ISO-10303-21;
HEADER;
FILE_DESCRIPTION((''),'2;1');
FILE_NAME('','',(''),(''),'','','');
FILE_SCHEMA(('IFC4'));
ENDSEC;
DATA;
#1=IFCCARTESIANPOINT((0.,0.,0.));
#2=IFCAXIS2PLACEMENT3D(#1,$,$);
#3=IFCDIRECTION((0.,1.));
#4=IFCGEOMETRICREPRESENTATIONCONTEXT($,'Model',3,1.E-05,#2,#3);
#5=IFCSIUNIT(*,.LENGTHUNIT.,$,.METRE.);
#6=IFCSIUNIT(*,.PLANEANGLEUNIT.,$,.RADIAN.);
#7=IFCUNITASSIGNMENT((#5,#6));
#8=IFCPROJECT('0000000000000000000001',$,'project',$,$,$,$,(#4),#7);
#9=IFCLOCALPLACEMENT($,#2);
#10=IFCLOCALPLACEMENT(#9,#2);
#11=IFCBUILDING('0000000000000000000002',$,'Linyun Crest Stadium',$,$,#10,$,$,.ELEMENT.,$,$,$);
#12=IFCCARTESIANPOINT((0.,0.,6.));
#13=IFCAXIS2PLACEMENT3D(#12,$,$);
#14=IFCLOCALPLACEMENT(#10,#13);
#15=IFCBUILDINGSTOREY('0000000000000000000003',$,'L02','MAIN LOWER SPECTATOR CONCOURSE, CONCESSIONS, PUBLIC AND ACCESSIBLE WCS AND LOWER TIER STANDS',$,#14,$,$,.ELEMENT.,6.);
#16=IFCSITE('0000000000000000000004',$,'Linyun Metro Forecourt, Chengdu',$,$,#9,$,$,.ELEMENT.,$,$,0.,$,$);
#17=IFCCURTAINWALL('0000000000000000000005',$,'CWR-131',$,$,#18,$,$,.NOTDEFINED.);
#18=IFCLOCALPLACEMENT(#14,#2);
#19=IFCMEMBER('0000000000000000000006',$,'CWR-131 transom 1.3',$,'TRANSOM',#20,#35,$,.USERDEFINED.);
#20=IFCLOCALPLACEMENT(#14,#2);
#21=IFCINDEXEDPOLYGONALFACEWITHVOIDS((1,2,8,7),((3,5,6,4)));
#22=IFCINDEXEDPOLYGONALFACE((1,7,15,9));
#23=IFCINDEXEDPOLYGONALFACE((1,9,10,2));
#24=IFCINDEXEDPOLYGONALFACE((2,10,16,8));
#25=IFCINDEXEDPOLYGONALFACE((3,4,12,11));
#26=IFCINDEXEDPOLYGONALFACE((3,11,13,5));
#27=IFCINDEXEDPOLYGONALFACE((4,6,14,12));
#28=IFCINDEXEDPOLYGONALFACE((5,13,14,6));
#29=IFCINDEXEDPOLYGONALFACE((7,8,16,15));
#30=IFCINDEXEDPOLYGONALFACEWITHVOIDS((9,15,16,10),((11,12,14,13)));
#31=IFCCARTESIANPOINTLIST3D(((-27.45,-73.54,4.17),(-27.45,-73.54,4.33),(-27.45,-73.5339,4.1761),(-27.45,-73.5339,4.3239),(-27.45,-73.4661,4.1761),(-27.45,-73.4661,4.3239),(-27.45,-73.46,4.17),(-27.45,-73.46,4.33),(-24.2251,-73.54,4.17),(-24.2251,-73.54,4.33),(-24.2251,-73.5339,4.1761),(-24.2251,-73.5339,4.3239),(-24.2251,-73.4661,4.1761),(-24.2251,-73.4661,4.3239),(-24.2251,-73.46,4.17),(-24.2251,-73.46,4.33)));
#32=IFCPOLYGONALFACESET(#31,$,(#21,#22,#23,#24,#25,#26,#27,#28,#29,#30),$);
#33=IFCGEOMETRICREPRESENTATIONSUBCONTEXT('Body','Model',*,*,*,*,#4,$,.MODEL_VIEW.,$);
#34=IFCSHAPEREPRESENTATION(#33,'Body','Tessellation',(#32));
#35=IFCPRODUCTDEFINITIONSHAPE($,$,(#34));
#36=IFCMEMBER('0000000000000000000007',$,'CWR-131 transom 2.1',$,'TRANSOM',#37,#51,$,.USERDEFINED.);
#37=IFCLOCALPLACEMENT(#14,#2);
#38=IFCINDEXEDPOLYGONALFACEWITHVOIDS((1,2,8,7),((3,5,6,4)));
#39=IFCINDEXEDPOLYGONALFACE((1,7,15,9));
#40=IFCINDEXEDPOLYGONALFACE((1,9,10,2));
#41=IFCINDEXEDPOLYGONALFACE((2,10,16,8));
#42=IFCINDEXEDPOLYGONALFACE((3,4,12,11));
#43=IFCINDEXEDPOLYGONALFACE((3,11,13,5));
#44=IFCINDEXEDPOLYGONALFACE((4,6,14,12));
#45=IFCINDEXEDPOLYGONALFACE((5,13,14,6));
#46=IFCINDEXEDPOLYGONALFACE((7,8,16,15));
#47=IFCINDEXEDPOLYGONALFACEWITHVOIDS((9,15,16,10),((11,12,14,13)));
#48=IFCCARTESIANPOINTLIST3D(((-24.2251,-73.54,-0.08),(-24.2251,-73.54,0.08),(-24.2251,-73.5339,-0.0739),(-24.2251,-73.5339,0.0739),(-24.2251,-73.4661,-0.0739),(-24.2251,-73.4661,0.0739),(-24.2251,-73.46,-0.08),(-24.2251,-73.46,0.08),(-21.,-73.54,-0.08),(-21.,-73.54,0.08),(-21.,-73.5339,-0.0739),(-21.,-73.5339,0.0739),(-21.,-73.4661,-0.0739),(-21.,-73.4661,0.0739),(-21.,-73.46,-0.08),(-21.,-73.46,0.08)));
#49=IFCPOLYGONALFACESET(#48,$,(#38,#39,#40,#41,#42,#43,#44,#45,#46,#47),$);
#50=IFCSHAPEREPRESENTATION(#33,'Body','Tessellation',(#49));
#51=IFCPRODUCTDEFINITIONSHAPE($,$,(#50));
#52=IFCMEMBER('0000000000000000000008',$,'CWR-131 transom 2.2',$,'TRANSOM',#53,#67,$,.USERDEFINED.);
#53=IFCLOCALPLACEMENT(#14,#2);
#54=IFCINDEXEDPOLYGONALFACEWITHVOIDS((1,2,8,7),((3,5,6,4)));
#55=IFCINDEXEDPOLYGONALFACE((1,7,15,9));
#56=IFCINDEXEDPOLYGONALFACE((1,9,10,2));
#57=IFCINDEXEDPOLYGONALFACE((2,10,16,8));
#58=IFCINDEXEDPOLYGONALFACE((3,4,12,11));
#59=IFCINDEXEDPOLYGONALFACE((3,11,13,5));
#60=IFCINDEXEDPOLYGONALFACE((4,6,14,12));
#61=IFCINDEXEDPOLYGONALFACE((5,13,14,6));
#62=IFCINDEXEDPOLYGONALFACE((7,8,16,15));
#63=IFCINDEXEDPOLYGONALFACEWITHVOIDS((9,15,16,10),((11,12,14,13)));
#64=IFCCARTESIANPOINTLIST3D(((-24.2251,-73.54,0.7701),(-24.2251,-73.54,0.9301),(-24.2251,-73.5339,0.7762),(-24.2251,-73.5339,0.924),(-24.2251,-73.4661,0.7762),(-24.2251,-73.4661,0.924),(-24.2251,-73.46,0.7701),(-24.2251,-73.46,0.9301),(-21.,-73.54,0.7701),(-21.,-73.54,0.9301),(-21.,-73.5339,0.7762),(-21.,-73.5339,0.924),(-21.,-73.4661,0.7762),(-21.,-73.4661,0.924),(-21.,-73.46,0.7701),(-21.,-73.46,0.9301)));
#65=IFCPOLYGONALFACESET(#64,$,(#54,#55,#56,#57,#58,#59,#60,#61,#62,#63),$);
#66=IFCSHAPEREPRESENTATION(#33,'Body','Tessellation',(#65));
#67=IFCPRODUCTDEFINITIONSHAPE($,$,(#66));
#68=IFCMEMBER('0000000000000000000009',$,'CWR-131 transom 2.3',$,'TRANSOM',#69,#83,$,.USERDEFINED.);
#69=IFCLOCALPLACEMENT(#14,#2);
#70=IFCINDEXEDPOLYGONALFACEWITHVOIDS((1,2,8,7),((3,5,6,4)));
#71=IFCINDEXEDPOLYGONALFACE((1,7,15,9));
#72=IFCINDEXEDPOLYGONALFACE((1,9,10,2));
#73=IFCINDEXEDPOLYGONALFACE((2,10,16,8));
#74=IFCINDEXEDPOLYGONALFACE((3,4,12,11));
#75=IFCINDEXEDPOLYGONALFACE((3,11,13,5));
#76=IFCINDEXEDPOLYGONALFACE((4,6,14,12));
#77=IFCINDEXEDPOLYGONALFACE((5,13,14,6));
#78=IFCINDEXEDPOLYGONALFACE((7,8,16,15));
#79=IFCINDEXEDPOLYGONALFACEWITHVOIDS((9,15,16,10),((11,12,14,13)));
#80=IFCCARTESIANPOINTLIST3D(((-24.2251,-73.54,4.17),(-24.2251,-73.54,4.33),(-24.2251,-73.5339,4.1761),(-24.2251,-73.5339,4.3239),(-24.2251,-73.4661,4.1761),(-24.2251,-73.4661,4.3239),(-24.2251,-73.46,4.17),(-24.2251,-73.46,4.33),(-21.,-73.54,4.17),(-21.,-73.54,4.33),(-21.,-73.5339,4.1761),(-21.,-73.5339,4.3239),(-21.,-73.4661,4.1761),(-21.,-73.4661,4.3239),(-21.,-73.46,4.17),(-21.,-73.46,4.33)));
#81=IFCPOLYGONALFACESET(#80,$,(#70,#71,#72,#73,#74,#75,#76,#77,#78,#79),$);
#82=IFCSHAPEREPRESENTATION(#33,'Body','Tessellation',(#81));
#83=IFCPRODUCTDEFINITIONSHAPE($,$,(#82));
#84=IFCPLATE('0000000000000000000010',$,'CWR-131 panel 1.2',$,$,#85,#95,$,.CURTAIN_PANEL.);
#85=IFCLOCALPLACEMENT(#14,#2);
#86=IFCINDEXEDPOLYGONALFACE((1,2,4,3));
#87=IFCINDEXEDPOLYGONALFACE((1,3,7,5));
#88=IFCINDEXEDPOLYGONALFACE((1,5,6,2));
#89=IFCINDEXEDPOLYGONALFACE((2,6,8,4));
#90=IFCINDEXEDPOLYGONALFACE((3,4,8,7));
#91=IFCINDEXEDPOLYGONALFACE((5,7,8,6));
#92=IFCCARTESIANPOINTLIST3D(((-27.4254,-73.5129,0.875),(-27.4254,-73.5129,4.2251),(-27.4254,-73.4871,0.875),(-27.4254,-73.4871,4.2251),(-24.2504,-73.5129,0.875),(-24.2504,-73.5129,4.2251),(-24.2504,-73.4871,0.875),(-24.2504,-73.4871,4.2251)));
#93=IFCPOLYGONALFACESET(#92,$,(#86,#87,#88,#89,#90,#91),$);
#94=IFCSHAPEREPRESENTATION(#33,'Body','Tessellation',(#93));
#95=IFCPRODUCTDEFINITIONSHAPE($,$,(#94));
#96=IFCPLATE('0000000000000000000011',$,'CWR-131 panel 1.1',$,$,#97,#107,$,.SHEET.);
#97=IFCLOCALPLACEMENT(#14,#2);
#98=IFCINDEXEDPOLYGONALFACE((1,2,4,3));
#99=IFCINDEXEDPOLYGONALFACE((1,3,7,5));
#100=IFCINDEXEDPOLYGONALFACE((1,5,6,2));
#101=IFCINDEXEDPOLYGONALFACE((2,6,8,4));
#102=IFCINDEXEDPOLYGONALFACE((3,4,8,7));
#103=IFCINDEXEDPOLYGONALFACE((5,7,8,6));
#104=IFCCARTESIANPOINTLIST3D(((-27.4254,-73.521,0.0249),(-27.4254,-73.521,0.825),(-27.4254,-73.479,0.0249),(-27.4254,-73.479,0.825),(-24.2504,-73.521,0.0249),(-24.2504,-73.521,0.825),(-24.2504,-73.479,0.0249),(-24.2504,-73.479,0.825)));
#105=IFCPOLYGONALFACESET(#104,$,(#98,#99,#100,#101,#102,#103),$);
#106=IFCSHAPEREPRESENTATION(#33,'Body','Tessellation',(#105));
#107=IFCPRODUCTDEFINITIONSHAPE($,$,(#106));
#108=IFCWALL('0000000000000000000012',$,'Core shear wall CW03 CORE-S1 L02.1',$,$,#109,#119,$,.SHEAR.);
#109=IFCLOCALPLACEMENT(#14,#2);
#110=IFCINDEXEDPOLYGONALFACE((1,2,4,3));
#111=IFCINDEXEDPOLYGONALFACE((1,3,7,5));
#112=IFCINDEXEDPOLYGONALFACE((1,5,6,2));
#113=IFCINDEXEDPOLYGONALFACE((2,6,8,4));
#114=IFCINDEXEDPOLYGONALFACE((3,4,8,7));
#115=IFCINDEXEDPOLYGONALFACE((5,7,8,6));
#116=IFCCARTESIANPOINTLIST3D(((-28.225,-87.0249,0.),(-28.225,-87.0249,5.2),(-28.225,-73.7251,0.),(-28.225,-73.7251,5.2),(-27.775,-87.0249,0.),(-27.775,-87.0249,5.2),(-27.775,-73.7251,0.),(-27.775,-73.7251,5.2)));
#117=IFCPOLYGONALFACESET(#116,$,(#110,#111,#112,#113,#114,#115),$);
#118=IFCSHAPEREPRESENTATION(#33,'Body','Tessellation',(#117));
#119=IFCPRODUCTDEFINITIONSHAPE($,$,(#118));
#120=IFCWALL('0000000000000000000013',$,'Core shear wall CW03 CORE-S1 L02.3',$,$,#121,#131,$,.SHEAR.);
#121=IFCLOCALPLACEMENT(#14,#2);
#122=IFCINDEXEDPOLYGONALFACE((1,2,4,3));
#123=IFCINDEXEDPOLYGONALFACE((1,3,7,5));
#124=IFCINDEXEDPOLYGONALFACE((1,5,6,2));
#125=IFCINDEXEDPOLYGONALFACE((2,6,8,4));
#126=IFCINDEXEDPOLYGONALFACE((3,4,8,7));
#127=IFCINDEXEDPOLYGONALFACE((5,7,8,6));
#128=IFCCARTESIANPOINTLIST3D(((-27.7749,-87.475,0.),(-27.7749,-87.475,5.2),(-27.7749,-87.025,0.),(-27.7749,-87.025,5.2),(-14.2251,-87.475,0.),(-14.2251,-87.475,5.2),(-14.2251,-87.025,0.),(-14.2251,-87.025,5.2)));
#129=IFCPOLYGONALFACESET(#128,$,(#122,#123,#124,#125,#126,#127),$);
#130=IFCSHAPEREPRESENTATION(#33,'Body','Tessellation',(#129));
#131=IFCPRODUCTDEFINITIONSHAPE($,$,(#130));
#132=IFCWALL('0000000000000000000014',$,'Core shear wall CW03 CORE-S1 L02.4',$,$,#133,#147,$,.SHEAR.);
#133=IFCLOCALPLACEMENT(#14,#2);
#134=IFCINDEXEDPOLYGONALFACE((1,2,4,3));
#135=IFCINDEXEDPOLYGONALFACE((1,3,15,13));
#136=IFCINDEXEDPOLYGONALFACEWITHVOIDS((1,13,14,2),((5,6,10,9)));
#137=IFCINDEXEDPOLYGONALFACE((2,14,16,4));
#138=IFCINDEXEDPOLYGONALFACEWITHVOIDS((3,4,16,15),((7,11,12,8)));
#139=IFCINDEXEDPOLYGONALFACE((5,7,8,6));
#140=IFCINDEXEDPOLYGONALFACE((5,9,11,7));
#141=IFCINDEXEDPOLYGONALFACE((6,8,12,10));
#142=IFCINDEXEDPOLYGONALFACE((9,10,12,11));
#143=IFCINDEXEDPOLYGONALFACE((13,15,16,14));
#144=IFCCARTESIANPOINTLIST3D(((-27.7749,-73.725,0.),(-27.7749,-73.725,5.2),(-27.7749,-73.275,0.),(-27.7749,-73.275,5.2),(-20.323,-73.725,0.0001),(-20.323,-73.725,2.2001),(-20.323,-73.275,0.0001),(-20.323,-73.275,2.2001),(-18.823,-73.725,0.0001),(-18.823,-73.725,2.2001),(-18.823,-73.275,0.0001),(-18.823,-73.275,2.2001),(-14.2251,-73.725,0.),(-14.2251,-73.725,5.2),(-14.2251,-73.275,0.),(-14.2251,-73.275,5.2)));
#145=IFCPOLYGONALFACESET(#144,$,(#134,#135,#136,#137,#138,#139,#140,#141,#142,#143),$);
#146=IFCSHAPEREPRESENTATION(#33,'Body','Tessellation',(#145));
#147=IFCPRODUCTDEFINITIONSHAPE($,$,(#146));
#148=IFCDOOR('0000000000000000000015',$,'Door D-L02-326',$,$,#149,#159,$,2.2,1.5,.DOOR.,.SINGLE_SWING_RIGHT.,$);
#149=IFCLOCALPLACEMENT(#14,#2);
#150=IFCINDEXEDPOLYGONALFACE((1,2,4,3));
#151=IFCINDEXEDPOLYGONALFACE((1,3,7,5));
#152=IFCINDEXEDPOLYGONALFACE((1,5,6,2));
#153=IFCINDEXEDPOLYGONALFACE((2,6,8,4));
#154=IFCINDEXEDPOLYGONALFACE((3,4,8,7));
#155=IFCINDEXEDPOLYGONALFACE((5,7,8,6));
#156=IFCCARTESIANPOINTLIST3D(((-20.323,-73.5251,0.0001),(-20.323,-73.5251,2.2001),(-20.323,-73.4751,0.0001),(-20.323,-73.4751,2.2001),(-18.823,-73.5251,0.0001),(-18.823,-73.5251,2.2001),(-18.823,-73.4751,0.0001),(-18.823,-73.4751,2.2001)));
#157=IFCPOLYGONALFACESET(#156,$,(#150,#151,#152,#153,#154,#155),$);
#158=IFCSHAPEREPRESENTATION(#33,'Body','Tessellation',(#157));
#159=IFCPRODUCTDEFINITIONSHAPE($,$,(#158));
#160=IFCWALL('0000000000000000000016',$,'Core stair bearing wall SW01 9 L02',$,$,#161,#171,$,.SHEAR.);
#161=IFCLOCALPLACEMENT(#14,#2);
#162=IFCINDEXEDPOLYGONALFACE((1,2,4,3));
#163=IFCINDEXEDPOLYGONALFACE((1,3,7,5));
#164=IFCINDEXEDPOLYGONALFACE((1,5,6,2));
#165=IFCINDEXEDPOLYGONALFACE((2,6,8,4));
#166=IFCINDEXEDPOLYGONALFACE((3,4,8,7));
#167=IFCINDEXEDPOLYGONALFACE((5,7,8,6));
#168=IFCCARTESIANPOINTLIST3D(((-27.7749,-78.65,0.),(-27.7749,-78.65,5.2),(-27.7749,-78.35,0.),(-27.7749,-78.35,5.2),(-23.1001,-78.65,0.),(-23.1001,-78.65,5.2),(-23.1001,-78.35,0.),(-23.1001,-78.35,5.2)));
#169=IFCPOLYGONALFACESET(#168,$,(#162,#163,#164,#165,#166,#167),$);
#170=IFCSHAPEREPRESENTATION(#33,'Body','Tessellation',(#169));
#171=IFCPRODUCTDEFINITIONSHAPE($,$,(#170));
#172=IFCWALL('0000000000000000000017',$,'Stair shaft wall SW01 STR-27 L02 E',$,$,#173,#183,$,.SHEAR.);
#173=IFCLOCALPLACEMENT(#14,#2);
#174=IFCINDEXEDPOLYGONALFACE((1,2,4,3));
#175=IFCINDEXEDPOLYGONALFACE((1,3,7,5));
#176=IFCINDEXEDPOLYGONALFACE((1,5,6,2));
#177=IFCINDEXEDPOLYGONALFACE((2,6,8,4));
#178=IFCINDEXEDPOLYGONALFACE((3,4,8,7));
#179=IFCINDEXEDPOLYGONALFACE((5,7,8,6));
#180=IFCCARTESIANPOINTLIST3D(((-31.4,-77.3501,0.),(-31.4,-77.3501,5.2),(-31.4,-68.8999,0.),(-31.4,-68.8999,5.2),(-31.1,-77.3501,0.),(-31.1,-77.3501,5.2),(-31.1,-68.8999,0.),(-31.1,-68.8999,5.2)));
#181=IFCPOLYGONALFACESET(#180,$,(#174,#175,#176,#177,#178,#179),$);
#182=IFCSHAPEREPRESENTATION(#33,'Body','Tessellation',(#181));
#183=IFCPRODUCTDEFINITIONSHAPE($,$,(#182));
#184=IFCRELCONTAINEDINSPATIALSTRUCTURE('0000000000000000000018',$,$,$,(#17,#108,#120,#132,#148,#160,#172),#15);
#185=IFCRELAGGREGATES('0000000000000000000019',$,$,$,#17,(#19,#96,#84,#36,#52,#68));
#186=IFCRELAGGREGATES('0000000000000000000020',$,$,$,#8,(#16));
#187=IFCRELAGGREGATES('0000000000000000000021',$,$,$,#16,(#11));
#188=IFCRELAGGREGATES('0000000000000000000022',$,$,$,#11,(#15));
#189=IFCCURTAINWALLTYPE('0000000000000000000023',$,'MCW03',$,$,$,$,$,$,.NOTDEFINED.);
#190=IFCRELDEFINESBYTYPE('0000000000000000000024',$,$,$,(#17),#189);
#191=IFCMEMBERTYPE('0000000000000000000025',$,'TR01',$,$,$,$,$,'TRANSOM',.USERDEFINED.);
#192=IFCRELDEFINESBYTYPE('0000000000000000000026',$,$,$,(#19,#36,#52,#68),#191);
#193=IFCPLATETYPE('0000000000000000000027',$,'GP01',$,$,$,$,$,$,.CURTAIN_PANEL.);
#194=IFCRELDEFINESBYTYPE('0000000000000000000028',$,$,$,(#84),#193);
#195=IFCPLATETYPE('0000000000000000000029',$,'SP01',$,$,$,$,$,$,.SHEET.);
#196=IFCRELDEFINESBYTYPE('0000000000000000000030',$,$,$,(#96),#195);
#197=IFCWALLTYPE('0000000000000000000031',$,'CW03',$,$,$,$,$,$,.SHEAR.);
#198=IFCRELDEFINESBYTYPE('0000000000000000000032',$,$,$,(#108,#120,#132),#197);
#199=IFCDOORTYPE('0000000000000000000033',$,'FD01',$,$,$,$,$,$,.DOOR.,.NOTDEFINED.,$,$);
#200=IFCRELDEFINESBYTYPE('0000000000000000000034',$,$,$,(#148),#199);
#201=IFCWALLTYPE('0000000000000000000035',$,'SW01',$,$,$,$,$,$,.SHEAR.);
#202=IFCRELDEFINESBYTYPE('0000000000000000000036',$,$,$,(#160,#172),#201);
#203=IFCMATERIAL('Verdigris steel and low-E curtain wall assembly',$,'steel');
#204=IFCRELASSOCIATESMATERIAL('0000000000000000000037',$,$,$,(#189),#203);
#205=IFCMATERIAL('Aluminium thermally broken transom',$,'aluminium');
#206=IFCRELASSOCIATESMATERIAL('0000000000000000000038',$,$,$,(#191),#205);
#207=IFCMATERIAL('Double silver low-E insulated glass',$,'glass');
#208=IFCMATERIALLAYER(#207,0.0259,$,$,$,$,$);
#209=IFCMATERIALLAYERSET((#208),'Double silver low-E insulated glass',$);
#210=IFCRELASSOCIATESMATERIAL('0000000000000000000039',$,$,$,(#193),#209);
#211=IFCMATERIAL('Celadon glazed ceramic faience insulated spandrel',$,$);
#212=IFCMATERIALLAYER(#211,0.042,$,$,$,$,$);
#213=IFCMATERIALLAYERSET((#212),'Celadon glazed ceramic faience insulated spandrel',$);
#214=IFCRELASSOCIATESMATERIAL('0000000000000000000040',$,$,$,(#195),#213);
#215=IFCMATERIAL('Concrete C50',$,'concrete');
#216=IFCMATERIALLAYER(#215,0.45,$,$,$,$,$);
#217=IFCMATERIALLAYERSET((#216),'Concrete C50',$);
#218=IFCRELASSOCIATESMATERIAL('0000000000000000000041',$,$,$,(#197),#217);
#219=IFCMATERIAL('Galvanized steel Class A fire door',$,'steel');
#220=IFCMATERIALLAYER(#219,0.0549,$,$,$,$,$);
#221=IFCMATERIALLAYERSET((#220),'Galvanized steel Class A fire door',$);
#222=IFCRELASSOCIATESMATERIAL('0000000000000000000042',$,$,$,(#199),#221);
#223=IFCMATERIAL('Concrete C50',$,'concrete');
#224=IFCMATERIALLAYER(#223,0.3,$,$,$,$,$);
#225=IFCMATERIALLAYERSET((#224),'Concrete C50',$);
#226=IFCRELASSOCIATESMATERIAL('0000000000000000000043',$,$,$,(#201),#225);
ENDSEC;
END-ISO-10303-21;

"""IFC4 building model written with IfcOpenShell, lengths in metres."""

from ifc_helpers import new_model, si_unit, direction, frame, frame_2d, origin, origin_2d, place, context, subcontext, project, spatial, rectangle, hollow_rectangle, extrude, material, layer, layer_set, material_profile, profile_set, type_object, element, fill, aggregate, save


model = new_model("IFC4")

# Units and contexts
model_context = context("Model", 3, precision=1e-05, world=origin(), true_north=direction((0.0, 1.0)))
body_context = subcontext(model_context, "Body", "Model", "MODEL_VIEW")
ifc_project = project(units=[si_unit("LENGTHUNIT", "METRE"), si_unit("PLANEANGLEUNIT", "RADIAN")], contexts=[model_context])

# Site, building, storey
site_placement = place(None, origin())
site = spatial("IfcSite", under=ifc_project, at=site_placement, Name="Linyun Metro Forecourt, Chengdu", CompositionType="ELEMENT", RefElevation=0.0)
building_placement = place(site_placement, origin())
building = spatial("IfcBuilding", under=site, at=building_placement, Name="Linyun Crest Stadium", CompositionType="ELEMENT")
storey_placement = place(building_placement, frame((0.0, 0.0, 6.0)))
storey = spatial("IfcBuildingStorey", under=building, at=storey_placement, Name="L02", Description="MAIN LOWER SPECTATOR CONCOURSE, CONCESSIONS, PUBLIC AND ACCESSIBLE WCS AND LOWER TIER STANDS", CompositionType="ELEMENT", Elevation=6.0)

# Curtain wall
ifc_material_1 = material(Name="Verdigris steel and low-E curtain wall assembly", Category="steel")
curtain_wall_type = type_object("IfcCurtainWallType", Name="MCW03", PredefinedType="NOTDEFINED", material=ifc_material_1)
curtain_wall_placement = place(storey_placement, origin())
curtain_wall = element("IfcCurtainWall", 1, at=curtain_wall_placement, inside=storey, type_object=curtain_wall_type, Name="CWR-131", PredefinedType="NOTDEFINED")

# Members
ifc_material_2 = material(Name="Aluminium thermally broken transom", Category="aluminium")
ifc_material_profile_1 = material_profile(ifc_material_2, hollow_rectangle(XDim=0.0801, YDim=0.1599, WallThickness=0.0061, at=origin_2d()), Name="RHS 160x80x6")
ifc_profile_set_1 = profile_set([ifc_material_profile_1], Name="Aluminium thermally broken transom")
member_type_1 = type_object("IfcMemberType", Name="TR01", ElementType="TRANSOM", PredefinedType="USERDEFINED", material=ifc_profile_set_1)
member_1_placement = place(storey_placement, frame((-27.45, -73.5, 4.25), z_axis=(1.0, 0.0, 0.0), x_axis=(0.0, 1.0, 0.0)))
member_1 = element("IfcMember", 2, at=member_1_placement, type_object=member_type_1, Name="CWR-131 transom 1.3", ObjectType="TRANSOM", PredefinedType="USERDEFINED", context=body_context, shape_type="SweptSolid", body=[
    extrude(hollow_rectangle(XDim=0.0801, YDim=0.1599, WallThickness=0.0061, at=origin_2d()), origin(), (0.0, 0.0, 1.0), 3.2249),
])
member_2_placement = place(storey_placement, frame((-24.2251, -73.5, 0.0), z_axis=(1.0, 0.0, 0.0), x_axis=(0.0, 1.0, 0.0)))
member_2 = element("IfcMember", 3, at=member_2_placement, type_object=member_type_1, Name="CWR-131 transom 2.1", ObjectType="TRANSOM", PredefinedType="USERDEFINED", context=body_context, shape_type="SweptSolid", body=[
    extrude(hollow_rectangle(XDim=0.0801, YDim=0.1599, WallThickness=0.0061, at=origin_2d()), origin(), (0.0, 0.0, 1.0), 3.2251),
])
member_3_placement = place(storey_placement, frame((-24.2251, -73.5, 0.8501), z_axis=(1.0, 0.0, 0.0), x_axis=(0.0, 1.0, 0.0)))
member_3 = element("IfcMember", 4, at=member_3_placement, type_object=member_type_1, Name="CWR-131 transom 2.2", ObjectType="TRANSOM", PredefinedType="USERDEFINED", context=body_context, shape_type="SweptSolid", body=[
    extrude(hollow_rectangle(XDim=0.0801, YDim=0.1599, WallThickness=0.0061, at=origin_2d()), origin(), (0.0, 0.0, 1.0), 3.2251),
])
member_4_placement = place(storey_placement, frame((-24.2251, -73.5, 4.25), z_axis=(1.0, 0.0, 0.0), x_axis=(0.0, 1.0, 0.0)))
member_4 = element("IfcMember", 5, at=member_4_placement, type_object=member_type_1, Name="CWR-131 transom 2.3", ObjectType="TRANSOM", PredefinedType="USERDEFINED", context=body_context, shape_type="SweptSolid", body=[
    extrude(hollow_rectangle(XDim=0.0801, YDim=0.1599, WallThickness=0.0061, at=origin_2d()), origin(), (0.0, 0.0, 1.0), 3.2251),
])

# Plates
ifc_material_3 = material(Name="Double silver low-E insulated glass", Category="glass")
ifc_layer_1 = layer(ifc_material_3, 0.0259)
ifc_layer_set_1 = layer_set([ifc_layer_1], Name="Double silver low-E insulated glass")
plate_type_1 = type_object("IfcPlateType", Name="GP01", PredefinedType="CURTAIN_PANEL", material=ifc_layer_set_1)
plate_1_placement = place(storey_placement, frame((-25.8379, -73.5, 0.875), z_axis=(0.0, 0.0, 1.0), x_axis=(1.0, 0.0, 0.0)))
plate_1 = element("IfcPlate", 6, at=plate_1_placement, type_object=plate_type_1, Name="CWR-131 panel 1.2", PredefinedType="CURTAIN_PANEL", context=body_context, shape_type="SweptSolid", body=[
    extrude(rectangle(XDim=3.175, YDim=0.0259, at=origin_2d()), origin(), (0.0, 0.0, 1.0), 3.3501),
])
ifc_material_4 = material(Name="Celadon glazed ceramic faience insulated spandrel")
ifc_layer_2 = layer(ifc_material_4, 0.042)
ifc_layer_set_2 = layer_set([ifc_layer_2], Name="Celadon glazed ceramic faience insulated spandrel")
plate_type_2 = type_object("IfcPlateType", Name="SP01", PredefinedType="SHEET", material=ifc_layer_set_2)
plate_2_placement = place(storey_placement, frame((-25.8379, -73.5, 0.0249), z_axis=(0.0, 0.0, 1.0), x_axis=(1.0, 0.0, 0.0)))
plate_2 = element("IfcPlate", 7, at=plate_2_placement, type_object=plate_type_2, Name="CWR-131 panel 1.1", PredefinedType="SHEET", context=body_context, shape_type="SweptSolid", body=[
    extrude(rectangle(XDim=3.175, YDim=0.042, at=origin_2d()), origin(), (0.0, 0.0, 1.0), 0.8),
])
aggregate(curtain_wall, [member_1, plate_2, plate_1, member_2, member_3, member_4])

# Walls
ifc_material_5 = material(Name="Concrete C50", Category="concrete")
ifc_layer_3 = layer(ifc_material_5, 0.45)
ifc_layer_set_3 = layer_set([ifc_layer_3], Name="Concrete C50")
wall_type_1 = type_object("IfcWallType", Name="CW03", PredefinedType="SHEAR", material=ifc_layer_set_3)
wall_1_placement = place(storey_placement, frame((-28.0, -87.0249, 0.0), z_axis=(0.0, 0.0, 1.0), x_axis=(0.0, 1.0, 0.0)))
element("IfcWall", 8, at=wall_1_placement, inside=storey, type_object=wall_type_1, Name="Core shear wall CW03 CORE-S1 L02.1", PredefinedType="SHEAR", context=body_context, shape_type="SweptSolid", body=[
    extrude(rectangle(XDim=13.2998, YDim=0.45, at=frame_2d((6.6499, 0.0))), origin(), (0.0, 0.0, 1.0), 5.2),
])
wall_2_placement = place(storey_placement, frame((-27.7749, -87.25, 0.0), z_axis=(0.0, 0.0, 1.0), x_axis=(1.0, 0.0, 0.0)))
element("IfcWall", 9, at=wall_2_placement, inside=storey, type_object=wall_type_1, Name="Core shear wall CW03 CORE-S1 L02.3", PredefinedType="SHEAR", context=body_context, shape_type="SweptSolid", body=[
    extrude(rectangle(XDim=13.5498, YDim=0.45, at=frame_2d((6.7749, 0.0))), origin(), (0.0, 0.0, 1.0), 5.2),
])

# Wall, opening, door
wall_3_placement = place(storey_placement, frame((-27.7749, -73.5, 0.0), z_axis=(0.0, 0.0, 1.0), x_axis=(1.0, 0.0, 0.0)))
wall_3 = element("IfcWall", 10, at=wall_3_placement, inside=storey, type_object=wall_type_1, Name="Core shear wall CW03 CORE-S1 L02.4", PredefinedType="SHEAR", context=body_context, shape_type="SweptSolid", body=[
    extrude(rectangle(XDim=13.5498, YDim=0.45, at=frame_2d((6.7749, 0.0))), origin(), (0.0, 0.0, 1.0), 5.2),
])
opening_placement = place(wall_3_placement, frame((7.4519, 0.0, 0.0)))
opening = element("IfcOpeningElement", 11, at=opening_placement, cuts=wall_3, PredefinedType="OPENING", context=body_context, shape_type="SweptSolid", body=[
    extrude(rectangle(XDim=1.5, YDim=2.2, at=frame_2d((0.75, 1.1001))), frame((0.0, 0.2349, 0.0), z_axis=(0.0, -1.0, 0.0), x_axis=(1.0, 0.0, 0.0)), (0.0, 0.0, 1.0), 0.47),
])
ifc_material_6 = material(Name="Galvanized steel Class A fire door", Category="steel")
ifc_layer_4 = layer(ifc_material_6, 0.0549)
ifc_layer_set_4 = layer_set([ifc_layer_4], Name="Galvanized steel Class A fire door")
door_type = type_object("IfcDoorType", Name="FD01", OperationType="NOTDEFINED", PredefinedType="DOOR", material=ifc_layer_set_4)
door_placement = place(opening_placement, origin())
door = element("IfcDoor", 12, at=door_placement, inside=storey, type_object=door_type, Name="Door D-L02-326", OperationType="SINGLE_SWING_RIGHT", OverallHeight=2.2, OverallWidth=1.5, PredefinedType="DOOR", context=body_context, shape_type="SweptSolid", body=[
    extrude(rectangle(XDim=1.5, YDim=2.2, at=frame_2d((0.75, 1.1001))), frame((0.0, 0.0249, 0.0), z_axis=(0.0, -1.0, 0.0), x_axis=(1.0, 0.0, 0.0)), (0.0, 0.0, 1.0), 0.05),
])
fill(opening, door)

# Walls
ifc_material_7 = material(Name="Concrete C50", Category="concrete")
ifc_layer_5 = layer(ifc_material_7, 0.3)
ifc_layer_set_5 = layer_set([ifc_layer_5], Name="Concrete C50")
wall_type_2 = type_object("IfcWallType", Name="SW01", PredefinedType="SHEAR", material=ifc_layer_set_5)
wall_4_placement = place(storey_placement, frame((-27.7749, -78.5, 0.0), z_axis=(0.0, 0.0, 1.0), x_axis=(1.0, 0.0, 0.0)))
element("IfcWall", 13, at=wall_4_placement, inside=storey, type_object=wall_type_2, Name="Core stair bearing wall SW01 9 L02", PredefinedType="SHEAR", context=body_context, shape_type="SweptSolid", body=[
    extrude(rectangle(XDim=4.6748, YDim=0.3, at=frame_2d((2.3374, 0.0))), origin(), (0.0, 0.0, 1.0), 5.2),
])
wall_5_placement = place(storey_placement, frame((-31.25, -77.3501, 0.0), z_axis=(0.0, 0.0, 1.0), x_axis=(0.0, 1.0, 0.0)))
element("IfcWall", 14, at=wall_5_placement, inside=storey, type_object=wall_type_2, Name="Stair shaft wall SW01 STR-27 L02 E", PredefinedType="SHEAR", context=body_context, shape_type="SweptSolid", body=[
    extrude(rectangle(XDim=8.4502, YDim=0.3, at=frame_2d((4.2251, 0.0))), origin(), (0.0, 0.0, 1.0), 5.2),
])

save(model, "model.ifc")
